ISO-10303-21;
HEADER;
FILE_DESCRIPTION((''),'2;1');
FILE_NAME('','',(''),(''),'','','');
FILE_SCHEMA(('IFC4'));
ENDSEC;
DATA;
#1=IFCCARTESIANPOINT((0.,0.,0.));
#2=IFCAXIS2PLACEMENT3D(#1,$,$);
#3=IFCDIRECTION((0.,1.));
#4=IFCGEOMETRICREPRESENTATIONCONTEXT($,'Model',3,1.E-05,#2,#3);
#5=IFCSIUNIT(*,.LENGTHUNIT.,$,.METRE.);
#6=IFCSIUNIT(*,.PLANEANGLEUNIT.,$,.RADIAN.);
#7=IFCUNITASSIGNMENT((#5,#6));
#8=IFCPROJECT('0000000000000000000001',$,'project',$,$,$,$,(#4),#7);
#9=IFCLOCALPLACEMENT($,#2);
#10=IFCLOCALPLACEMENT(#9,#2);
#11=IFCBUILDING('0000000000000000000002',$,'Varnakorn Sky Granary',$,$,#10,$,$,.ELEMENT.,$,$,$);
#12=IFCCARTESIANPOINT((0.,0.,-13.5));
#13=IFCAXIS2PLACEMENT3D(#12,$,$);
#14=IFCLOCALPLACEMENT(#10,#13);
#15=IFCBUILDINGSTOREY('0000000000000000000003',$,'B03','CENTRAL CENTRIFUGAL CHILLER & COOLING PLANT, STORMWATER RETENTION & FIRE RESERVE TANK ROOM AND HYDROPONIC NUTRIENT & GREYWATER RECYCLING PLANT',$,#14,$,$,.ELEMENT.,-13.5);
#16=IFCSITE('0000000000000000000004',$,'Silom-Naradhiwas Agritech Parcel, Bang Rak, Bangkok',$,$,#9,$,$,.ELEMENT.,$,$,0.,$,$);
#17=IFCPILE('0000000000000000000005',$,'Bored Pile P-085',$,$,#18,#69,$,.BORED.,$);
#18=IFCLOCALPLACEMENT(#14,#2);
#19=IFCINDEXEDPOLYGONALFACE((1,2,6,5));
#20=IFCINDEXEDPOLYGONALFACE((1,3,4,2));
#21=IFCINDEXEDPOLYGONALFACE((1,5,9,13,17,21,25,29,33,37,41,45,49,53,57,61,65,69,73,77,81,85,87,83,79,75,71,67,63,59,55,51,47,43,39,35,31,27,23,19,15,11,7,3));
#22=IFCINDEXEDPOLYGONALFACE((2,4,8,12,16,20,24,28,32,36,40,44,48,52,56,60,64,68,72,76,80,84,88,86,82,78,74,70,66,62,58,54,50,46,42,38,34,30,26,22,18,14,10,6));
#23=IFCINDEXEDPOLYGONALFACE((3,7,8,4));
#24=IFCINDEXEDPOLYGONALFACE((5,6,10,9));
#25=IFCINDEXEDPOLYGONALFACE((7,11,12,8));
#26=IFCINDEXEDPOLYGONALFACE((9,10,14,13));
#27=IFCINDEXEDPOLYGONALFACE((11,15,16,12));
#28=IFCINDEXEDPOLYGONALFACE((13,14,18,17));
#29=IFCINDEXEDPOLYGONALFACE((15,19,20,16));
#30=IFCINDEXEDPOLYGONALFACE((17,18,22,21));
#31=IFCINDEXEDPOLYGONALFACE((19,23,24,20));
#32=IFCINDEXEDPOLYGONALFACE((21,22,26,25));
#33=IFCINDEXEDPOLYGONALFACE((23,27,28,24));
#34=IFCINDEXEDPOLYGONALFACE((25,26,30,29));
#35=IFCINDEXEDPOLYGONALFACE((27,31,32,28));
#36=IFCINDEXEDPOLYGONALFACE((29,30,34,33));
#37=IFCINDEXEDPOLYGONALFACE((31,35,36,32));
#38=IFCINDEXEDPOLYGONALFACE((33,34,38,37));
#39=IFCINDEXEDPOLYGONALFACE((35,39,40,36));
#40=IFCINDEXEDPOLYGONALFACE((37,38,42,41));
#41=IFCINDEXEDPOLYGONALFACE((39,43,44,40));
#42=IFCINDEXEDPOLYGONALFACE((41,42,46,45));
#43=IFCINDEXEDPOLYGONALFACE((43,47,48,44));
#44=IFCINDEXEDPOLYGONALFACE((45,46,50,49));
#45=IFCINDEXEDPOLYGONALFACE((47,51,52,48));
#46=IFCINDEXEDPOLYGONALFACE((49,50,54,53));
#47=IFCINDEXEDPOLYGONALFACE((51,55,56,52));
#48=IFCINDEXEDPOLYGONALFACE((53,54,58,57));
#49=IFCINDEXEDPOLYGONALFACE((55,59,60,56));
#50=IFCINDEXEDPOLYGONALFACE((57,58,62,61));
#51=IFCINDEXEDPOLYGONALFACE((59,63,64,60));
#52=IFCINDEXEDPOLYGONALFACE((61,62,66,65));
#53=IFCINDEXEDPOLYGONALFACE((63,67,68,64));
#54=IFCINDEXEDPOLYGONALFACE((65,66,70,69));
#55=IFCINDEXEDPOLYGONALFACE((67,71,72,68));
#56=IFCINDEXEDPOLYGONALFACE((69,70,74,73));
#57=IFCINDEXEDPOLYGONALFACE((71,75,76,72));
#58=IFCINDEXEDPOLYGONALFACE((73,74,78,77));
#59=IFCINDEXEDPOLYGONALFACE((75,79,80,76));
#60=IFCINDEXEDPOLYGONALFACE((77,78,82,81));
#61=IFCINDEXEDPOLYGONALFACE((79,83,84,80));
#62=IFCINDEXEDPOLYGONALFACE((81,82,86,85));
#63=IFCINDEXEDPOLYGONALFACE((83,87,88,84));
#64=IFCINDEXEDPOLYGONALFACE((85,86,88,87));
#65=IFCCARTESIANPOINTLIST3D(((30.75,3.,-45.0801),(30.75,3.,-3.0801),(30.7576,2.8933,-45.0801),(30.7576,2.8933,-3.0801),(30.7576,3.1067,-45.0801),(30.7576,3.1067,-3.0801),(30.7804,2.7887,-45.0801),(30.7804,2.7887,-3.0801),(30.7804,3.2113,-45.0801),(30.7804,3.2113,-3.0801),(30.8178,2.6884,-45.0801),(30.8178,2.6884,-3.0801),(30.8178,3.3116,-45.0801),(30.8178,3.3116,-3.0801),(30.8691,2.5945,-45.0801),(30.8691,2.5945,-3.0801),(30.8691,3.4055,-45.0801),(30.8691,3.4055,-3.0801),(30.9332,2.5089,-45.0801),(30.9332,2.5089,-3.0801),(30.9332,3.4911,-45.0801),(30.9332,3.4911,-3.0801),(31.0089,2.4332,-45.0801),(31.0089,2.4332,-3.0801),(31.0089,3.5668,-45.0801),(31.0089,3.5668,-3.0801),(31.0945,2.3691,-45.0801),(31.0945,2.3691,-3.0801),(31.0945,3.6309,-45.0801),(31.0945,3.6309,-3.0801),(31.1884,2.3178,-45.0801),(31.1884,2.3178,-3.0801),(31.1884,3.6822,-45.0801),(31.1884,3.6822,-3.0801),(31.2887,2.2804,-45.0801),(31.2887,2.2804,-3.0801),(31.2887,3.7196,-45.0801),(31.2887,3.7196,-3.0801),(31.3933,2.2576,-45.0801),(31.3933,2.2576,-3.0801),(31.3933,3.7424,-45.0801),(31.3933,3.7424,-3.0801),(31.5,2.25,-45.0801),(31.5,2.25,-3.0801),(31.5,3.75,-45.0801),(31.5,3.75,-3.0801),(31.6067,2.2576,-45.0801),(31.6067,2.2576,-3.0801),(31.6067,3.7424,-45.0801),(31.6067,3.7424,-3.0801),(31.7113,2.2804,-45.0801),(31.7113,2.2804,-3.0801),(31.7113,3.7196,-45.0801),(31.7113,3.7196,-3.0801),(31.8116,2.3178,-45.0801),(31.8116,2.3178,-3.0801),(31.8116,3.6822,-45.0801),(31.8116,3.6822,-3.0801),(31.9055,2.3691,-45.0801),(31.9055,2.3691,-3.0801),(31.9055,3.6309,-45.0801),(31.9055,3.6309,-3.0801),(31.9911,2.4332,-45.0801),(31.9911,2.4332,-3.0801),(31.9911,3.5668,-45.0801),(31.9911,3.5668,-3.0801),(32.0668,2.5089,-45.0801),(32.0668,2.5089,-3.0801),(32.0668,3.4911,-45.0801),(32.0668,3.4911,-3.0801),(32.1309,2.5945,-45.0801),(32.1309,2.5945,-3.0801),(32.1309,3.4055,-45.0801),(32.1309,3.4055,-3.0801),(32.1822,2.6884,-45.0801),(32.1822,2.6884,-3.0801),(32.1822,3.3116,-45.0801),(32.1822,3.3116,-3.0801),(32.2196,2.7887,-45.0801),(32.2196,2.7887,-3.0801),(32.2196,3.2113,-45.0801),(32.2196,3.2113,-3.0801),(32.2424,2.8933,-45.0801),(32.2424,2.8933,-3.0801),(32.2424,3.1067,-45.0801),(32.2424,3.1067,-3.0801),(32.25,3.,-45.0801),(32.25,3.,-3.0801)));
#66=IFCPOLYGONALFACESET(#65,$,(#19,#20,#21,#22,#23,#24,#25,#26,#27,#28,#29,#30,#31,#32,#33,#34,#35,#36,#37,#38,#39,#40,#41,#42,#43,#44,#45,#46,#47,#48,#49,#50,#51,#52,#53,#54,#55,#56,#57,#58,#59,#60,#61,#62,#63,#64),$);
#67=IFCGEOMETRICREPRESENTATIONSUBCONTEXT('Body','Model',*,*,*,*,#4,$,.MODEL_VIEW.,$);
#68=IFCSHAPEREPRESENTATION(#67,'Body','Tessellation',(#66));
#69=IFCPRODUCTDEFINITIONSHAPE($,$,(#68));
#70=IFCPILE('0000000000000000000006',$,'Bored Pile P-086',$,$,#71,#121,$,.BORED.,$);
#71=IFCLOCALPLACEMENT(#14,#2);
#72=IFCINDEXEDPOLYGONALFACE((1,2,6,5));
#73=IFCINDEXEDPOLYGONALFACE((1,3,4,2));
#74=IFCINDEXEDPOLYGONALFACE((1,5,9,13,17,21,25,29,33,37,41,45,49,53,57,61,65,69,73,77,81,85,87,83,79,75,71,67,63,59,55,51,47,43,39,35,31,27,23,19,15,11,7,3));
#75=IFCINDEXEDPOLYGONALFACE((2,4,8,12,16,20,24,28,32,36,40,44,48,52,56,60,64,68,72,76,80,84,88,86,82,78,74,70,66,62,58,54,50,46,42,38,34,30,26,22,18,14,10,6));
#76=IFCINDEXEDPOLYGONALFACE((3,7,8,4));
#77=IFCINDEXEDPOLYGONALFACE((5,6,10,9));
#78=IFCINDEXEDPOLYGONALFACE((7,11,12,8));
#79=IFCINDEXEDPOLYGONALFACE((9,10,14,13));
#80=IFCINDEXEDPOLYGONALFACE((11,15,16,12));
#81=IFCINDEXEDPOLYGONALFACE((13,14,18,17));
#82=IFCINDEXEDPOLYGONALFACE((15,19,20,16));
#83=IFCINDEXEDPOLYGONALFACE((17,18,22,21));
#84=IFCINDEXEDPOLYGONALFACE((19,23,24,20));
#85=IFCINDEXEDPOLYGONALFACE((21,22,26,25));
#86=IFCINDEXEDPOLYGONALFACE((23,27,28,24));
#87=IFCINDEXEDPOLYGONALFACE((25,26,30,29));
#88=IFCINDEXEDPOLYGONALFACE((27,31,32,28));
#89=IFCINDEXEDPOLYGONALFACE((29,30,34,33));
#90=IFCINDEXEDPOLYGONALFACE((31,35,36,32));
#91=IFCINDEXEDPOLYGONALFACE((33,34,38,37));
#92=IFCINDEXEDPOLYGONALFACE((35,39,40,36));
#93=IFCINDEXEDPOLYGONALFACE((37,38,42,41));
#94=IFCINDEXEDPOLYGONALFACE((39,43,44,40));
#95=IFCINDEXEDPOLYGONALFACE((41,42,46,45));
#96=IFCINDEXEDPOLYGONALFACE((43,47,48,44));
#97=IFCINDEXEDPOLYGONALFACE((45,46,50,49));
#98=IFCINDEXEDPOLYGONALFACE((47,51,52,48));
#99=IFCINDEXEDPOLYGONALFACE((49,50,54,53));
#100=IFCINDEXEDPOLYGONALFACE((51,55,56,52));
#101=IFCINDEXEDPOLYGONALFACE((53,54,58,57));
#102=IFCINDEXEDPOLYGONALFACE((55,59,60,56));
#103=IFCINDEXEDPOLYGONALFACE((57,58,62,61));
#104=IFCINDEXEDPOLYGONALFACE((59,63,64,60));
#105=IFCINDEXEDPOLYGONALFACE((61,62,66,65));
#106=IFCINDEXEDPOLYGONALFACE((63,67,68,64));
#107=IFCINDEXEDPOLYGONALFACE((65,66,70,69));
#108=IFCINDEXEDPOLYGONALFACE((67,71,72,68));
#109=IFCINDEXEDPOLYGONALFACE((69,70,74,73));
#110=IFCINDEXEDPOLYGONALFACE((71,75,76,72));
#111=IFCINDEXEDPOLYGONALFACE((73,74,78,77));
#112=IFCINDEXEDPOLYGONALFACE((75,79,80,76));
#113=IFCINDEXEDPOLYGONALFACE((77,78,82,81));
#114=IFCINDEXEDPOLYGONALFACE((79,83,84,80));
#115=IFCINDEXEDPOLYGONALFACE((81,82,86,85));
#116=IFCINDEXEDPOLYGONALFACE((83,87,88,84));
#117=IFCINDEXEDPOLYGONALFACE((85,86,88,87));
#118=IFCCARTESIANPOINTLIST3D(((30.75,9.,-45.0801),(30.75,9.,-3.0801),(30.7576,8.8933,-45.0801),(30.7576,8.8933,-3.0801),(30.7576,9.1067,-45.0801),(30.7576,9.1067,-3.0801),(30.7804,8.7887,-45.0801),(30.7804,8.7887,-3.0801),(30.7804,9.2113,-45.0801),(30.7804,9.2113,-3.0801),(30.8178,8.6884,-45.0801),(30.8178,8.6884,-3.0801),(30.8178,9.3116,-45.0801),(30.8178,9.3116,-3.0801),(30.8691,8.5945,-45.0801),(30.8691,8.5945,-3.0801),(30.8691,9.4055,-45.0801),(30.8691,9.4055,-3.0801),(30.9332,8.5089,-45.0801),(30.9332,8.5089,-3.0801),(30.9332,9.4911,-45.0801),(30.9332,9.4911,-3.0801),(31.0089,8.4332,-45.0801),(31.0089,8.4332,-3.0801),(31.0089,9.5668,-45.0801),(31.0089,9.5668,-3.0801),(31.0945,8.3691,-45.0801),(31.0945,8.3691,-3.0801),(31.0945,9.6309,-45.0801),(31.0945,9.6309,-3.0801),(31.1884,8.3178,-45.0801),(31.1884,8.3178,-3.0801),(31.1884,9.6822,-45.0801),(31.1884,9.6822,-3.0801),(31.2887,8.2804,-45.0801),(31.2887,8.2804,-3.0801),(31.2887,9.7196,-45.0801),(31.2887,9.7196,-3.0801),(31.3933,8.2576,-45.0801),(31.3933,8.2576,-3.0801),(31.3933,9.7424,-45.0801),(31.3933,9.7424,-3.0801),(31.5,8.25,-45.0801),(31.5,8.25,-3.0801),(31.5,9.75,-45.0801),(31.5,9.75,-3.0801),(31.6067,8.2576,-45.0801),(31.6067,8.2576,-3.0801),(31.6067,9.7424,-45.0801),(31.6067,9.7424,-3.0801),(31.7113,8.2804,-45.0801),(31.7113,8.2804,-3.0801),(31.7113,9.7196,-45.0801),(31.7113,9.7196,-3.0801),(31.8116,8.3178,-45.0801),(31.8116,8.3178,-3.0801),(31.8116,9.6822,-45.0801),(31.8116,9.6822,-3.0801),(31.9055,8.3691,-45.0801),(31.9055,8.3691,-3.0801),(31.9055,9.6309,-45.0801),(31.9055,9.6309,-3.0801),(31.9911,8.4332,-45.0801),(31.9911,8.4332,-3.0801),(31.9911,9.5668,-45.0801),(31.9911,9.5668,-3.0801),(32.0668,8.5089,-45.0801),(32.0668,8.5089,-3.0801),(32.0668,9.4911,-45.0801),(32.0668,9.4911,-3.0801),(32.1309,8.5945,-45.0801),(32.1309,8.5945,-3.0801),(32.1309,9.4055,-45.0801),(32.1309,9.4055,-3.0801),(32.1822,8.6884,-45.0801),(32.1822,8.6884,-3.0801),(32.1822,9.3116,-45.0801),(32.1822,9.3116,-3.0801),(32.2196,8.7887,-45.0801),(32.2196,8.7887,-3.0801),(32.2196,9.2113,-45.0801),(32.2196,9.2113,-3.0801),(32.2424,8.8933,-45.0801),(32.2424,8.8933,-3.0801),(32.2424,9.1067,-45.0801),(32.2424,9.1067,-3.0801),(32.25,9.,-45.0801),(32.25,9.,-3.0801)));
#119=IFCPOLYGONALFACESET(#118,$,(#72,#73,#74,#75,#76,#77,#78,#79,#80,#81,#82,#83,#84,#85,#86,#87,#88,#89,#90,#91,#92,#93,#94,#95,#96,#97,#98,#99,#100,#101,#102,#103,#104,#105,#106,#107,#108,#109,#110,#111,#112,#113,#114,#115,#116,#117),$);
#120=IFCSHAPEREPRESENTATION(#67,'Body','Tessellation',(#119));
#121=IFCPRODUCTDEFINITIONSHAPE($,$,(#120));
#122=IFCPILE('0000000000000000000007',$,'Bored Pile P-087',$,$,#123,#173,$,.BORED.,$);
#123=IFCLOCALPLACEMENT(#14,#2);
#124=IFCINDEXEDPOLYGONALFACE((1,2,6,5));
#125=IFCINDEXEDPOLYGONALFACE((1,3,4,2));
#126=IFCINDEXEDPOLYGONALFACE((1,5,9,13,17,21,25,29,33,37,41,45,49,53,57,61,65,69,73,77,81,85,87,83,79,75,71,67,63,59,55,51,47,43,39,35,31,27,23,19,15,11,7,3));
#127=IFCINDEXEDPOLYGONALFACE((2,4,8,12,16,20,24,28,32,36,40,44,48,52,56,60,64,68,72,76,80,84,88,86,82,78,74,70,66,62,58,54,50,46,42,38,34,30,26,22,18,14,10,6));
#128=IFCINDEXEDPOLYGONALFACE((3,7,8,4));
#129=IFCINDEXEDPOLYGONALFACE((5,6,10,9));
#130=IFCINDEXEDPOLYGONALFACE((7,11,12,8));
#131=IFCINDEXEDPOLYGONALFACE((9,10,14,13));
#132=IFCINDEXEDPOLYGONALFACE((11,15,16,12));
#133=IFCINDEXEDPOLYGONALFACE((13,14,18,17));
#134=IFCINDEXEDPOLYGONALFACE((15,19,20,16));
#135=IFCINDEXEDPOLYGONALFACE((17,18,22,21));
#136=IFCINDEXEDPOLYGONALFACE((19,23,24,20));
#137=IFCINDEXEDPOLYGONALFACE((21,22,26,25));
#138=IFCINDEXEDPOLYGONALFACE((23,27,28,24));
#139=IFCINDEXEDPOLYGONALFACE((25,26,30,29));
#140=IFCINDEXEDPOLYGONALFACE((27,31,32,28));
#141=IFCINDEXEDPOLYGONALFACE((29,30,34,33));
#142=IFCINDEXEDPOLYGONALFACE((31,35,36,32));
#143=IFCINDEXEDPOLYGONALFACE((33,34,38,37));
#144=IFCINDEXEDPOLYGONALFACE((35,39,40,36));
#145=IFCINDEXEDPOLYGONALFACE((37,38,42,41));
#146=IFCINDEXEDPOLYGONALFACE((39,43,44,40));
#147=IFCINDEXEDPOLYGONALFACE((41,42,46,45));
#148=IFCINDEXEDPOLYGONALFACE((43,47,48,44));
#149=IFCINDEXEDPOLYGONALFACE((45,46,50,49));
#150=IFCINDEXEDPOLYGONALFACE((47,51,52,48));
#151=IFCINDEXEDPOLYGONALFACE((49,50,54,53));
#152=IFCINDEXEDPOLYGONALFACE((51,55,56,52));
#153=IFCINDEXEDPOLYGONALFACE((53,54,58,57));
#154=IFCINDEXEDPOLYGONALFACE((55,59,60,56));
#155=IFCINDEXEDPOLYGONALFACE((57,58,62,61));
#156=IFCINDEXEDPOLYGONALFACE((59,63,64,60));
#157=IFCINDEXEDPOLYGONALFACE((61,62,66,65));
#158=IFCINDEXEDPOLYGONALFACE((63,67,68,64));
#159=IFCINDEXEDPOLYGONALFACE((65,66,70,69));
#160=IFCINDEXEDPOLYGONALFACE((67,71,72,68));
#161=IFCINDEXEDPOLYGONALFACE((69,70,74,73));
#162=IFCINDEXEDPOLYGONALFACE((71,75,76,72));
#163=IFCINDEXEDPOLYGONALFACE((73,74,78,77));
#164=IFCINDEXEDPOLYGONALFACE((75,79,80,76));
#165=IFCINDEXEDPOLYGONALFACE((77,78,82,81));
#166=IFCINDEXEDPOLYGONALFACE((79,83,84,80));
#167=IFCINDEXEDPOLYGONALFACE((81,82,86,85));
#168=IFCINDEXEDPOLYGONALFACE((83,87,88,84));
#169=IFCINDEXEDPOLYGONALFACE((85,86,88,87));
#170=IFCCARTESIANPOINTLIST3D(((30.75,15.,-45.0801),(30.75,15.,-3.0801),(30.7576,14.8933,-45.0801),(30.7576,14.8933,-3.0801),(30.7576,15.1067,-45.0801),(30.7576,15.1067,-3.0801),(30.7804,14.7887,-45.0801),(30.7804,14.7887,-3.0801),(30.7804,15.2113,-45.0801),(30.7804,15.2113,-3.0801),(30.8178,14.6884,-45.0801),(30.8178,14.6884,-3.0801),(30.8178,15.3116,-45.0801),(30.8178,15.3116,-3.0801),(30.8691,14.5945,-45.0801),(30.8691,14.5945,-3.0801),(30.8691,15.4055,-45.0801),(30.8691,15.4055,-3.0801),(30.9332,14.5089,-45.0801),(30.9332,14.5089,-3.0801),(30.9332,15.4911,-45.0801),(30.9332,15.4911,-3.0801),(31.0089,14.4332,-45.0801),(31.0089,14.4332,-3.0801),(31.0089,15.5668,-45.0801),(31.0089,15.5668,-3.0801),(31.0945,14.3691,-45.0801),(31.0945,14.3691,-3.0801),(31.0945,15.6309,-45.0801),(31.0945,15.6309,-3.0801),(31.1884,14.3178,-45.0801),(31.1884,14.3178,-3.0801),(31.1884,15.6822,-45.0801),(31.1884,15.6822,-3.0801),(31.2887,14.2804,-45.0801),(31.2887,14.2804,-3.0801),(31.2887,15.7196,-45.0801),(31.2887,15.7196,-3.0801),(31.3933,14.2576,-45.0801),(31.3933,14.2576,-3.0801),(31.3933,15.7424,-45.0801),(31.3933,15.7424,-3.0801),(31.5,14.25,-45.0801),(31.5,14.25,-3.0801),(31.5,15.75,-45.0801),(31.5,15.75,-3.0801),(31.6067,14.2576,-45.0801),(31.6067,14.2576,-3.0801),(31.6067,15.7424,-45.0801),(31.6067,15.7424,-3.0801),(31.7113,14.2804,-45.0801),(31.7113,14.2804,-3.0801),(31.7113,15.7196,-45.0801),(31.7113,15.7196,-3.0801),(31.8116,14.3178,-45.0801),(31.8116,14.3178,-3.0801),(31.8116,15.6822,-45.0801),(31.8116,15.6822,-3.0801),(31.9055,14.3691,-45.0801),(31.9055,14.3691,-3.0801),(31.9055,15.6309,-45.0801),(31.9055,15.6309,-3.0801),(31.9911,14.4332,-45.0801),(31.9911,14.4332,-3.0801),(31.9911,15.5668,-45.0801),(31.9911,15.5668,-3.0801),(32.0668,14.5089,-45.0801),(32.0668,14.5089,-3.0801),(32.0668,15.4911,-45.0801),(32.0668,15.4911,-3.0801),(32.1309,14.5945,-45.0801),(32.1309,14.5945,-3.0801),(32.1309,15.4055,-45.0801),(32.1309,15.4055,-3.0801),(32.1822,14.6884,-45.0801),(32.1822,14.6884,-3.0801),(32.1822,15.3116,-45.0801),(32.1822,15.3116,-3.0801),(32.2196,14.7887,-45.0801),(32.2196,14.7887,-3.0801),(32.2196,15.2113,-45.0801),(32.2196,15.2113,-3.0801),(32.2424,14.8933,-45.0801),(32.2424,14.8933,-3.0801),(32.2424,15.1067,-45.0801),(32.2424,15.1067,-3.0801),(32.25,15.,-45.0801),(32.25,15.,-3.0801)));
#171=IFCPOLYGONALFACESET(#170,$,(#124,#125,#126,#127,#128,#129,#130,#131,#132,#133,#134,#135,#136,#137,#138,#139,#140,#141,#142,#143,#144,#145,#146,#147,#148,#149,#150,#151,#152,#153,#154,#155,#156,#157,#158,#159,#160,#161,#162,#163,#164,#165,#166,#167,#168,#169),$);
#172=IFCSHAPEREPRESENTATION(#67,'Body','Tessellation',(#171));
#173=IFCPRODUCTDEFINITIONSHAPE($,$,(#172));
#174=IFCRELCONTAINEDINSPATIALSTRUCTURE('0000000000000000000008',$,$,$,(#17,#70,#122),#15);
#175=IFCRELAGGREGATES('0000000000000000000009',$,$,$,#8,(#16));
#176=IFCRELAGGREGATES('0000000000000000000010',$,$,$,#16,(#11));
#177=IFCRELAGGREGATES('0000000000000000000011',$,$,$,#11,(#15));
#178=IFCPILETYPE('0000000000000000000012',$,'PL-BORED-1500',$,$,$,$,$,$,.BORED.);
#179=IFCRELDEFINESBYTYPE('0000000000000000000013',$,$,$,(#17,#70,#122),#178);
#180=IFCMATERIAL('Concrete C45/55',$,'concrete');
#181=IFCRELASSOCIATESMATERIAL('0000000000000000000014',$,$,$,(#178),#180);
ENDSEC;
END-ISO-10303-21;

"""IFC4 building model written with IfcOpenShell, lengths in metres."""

from ifc_helpers import new_model, si_unit, direction, frame, origin, origin_2d, place, context, subcontext, project, spatial, circle, extrude, material, material_profile, profile_set, type_object, element, save


model = new_model("IFC4")

# Units and contexts
model_context = context("Model", 3, precision=1e-05, world=origin(), true_north=direction((0.0, 1.0)))
body_context = subcontext(model_context, "Body", "Model", "MODEL_VIEW")
ifc_project = project(units=[si_unit("LENGTHUNIT", "METRE"), si_unit("PLANEANGLEUNIT", "RADIAN")], contexts=[model_context])

# Site, building, storey
site_placement = place(None, origin())
site = spatial("IfcSite", under=ifc_project, at=site_placement, Name="Silom-Naradhiwas Agritech Parcel, Bang Rak, Bangkok", CompositionType="ELEMENT", RefElevation=0.0)
building_placement = place(site_placement, origin())
building = spatial("IfcBuilding", under=site, at=building_placement, Name="Varnakorn Sky Granary", CompositionType="ELEMENT")
storey_placement = place(building_placement, frame((0.0, 0.0, -13.5)))
storey = spatial("IfcBuildingStorey", under=building, at=storey_placement, Name="B03", Description="CENTRAL CENTRIFUGAL CHILLER & COOLING PLANT, STORMWATER RETENTION & FIRE RESERVE TANK ROOM AND HYDROPONIC NUTRIENT & GREYWATER RECYCLING PLANT", CompositionType="ELEMENT", Elevation=-13.5)

# Piles
ifc_material_1 = material(Name="Concrete C45/55", Category="concrete")
ifc_material_profile_1 = material_profile(ifc_material_1, circle(Radius=0.75, at=origin_2d()), Name="PILE D1500")
ifc_profile_set_1 = profile_set([ifc_material_profile_1], Name="Concrete C45/55")
pile_type = type_object("IfcPileType", Name="PL-BORED-1500", PredefinedType="BORED", material=ifc_profile_set_1)
for number, where, z_axis, x_axis, name in (
    (1, (31.5, 3.0, -3.0801), (0.0, 0.0, -1.0), (1.0, 0.0, 0.0), "Bored Pile P-085"),
    (2, (31.5, 9.0, -3.0801), (0.0, 0.0, -1.0), (1.0, 0.0, 0.0), "Bored Pile P-086"),
    (3, (31.5, 15.0, -3.0801), (0.0, 0.0, -1.0), (1.0, 0.0, 0.0), "Bored Pile P-087"),
):
    element("IfcPile", number, at=place(storey_placement, frame(where, z_axis=z_axis, x_axis=x_axis)), inside=storey, type_object=pile_type, Name=name, PredefinedType="BORED", context=body_context, shape_type="SweptSolid", body=[
        extrude(circle(Radius=0.75, at=origin_2d()), origin(), (0.0, 0.0, 1.0), 42.0),
    ])

save(model, "model.ifc")
